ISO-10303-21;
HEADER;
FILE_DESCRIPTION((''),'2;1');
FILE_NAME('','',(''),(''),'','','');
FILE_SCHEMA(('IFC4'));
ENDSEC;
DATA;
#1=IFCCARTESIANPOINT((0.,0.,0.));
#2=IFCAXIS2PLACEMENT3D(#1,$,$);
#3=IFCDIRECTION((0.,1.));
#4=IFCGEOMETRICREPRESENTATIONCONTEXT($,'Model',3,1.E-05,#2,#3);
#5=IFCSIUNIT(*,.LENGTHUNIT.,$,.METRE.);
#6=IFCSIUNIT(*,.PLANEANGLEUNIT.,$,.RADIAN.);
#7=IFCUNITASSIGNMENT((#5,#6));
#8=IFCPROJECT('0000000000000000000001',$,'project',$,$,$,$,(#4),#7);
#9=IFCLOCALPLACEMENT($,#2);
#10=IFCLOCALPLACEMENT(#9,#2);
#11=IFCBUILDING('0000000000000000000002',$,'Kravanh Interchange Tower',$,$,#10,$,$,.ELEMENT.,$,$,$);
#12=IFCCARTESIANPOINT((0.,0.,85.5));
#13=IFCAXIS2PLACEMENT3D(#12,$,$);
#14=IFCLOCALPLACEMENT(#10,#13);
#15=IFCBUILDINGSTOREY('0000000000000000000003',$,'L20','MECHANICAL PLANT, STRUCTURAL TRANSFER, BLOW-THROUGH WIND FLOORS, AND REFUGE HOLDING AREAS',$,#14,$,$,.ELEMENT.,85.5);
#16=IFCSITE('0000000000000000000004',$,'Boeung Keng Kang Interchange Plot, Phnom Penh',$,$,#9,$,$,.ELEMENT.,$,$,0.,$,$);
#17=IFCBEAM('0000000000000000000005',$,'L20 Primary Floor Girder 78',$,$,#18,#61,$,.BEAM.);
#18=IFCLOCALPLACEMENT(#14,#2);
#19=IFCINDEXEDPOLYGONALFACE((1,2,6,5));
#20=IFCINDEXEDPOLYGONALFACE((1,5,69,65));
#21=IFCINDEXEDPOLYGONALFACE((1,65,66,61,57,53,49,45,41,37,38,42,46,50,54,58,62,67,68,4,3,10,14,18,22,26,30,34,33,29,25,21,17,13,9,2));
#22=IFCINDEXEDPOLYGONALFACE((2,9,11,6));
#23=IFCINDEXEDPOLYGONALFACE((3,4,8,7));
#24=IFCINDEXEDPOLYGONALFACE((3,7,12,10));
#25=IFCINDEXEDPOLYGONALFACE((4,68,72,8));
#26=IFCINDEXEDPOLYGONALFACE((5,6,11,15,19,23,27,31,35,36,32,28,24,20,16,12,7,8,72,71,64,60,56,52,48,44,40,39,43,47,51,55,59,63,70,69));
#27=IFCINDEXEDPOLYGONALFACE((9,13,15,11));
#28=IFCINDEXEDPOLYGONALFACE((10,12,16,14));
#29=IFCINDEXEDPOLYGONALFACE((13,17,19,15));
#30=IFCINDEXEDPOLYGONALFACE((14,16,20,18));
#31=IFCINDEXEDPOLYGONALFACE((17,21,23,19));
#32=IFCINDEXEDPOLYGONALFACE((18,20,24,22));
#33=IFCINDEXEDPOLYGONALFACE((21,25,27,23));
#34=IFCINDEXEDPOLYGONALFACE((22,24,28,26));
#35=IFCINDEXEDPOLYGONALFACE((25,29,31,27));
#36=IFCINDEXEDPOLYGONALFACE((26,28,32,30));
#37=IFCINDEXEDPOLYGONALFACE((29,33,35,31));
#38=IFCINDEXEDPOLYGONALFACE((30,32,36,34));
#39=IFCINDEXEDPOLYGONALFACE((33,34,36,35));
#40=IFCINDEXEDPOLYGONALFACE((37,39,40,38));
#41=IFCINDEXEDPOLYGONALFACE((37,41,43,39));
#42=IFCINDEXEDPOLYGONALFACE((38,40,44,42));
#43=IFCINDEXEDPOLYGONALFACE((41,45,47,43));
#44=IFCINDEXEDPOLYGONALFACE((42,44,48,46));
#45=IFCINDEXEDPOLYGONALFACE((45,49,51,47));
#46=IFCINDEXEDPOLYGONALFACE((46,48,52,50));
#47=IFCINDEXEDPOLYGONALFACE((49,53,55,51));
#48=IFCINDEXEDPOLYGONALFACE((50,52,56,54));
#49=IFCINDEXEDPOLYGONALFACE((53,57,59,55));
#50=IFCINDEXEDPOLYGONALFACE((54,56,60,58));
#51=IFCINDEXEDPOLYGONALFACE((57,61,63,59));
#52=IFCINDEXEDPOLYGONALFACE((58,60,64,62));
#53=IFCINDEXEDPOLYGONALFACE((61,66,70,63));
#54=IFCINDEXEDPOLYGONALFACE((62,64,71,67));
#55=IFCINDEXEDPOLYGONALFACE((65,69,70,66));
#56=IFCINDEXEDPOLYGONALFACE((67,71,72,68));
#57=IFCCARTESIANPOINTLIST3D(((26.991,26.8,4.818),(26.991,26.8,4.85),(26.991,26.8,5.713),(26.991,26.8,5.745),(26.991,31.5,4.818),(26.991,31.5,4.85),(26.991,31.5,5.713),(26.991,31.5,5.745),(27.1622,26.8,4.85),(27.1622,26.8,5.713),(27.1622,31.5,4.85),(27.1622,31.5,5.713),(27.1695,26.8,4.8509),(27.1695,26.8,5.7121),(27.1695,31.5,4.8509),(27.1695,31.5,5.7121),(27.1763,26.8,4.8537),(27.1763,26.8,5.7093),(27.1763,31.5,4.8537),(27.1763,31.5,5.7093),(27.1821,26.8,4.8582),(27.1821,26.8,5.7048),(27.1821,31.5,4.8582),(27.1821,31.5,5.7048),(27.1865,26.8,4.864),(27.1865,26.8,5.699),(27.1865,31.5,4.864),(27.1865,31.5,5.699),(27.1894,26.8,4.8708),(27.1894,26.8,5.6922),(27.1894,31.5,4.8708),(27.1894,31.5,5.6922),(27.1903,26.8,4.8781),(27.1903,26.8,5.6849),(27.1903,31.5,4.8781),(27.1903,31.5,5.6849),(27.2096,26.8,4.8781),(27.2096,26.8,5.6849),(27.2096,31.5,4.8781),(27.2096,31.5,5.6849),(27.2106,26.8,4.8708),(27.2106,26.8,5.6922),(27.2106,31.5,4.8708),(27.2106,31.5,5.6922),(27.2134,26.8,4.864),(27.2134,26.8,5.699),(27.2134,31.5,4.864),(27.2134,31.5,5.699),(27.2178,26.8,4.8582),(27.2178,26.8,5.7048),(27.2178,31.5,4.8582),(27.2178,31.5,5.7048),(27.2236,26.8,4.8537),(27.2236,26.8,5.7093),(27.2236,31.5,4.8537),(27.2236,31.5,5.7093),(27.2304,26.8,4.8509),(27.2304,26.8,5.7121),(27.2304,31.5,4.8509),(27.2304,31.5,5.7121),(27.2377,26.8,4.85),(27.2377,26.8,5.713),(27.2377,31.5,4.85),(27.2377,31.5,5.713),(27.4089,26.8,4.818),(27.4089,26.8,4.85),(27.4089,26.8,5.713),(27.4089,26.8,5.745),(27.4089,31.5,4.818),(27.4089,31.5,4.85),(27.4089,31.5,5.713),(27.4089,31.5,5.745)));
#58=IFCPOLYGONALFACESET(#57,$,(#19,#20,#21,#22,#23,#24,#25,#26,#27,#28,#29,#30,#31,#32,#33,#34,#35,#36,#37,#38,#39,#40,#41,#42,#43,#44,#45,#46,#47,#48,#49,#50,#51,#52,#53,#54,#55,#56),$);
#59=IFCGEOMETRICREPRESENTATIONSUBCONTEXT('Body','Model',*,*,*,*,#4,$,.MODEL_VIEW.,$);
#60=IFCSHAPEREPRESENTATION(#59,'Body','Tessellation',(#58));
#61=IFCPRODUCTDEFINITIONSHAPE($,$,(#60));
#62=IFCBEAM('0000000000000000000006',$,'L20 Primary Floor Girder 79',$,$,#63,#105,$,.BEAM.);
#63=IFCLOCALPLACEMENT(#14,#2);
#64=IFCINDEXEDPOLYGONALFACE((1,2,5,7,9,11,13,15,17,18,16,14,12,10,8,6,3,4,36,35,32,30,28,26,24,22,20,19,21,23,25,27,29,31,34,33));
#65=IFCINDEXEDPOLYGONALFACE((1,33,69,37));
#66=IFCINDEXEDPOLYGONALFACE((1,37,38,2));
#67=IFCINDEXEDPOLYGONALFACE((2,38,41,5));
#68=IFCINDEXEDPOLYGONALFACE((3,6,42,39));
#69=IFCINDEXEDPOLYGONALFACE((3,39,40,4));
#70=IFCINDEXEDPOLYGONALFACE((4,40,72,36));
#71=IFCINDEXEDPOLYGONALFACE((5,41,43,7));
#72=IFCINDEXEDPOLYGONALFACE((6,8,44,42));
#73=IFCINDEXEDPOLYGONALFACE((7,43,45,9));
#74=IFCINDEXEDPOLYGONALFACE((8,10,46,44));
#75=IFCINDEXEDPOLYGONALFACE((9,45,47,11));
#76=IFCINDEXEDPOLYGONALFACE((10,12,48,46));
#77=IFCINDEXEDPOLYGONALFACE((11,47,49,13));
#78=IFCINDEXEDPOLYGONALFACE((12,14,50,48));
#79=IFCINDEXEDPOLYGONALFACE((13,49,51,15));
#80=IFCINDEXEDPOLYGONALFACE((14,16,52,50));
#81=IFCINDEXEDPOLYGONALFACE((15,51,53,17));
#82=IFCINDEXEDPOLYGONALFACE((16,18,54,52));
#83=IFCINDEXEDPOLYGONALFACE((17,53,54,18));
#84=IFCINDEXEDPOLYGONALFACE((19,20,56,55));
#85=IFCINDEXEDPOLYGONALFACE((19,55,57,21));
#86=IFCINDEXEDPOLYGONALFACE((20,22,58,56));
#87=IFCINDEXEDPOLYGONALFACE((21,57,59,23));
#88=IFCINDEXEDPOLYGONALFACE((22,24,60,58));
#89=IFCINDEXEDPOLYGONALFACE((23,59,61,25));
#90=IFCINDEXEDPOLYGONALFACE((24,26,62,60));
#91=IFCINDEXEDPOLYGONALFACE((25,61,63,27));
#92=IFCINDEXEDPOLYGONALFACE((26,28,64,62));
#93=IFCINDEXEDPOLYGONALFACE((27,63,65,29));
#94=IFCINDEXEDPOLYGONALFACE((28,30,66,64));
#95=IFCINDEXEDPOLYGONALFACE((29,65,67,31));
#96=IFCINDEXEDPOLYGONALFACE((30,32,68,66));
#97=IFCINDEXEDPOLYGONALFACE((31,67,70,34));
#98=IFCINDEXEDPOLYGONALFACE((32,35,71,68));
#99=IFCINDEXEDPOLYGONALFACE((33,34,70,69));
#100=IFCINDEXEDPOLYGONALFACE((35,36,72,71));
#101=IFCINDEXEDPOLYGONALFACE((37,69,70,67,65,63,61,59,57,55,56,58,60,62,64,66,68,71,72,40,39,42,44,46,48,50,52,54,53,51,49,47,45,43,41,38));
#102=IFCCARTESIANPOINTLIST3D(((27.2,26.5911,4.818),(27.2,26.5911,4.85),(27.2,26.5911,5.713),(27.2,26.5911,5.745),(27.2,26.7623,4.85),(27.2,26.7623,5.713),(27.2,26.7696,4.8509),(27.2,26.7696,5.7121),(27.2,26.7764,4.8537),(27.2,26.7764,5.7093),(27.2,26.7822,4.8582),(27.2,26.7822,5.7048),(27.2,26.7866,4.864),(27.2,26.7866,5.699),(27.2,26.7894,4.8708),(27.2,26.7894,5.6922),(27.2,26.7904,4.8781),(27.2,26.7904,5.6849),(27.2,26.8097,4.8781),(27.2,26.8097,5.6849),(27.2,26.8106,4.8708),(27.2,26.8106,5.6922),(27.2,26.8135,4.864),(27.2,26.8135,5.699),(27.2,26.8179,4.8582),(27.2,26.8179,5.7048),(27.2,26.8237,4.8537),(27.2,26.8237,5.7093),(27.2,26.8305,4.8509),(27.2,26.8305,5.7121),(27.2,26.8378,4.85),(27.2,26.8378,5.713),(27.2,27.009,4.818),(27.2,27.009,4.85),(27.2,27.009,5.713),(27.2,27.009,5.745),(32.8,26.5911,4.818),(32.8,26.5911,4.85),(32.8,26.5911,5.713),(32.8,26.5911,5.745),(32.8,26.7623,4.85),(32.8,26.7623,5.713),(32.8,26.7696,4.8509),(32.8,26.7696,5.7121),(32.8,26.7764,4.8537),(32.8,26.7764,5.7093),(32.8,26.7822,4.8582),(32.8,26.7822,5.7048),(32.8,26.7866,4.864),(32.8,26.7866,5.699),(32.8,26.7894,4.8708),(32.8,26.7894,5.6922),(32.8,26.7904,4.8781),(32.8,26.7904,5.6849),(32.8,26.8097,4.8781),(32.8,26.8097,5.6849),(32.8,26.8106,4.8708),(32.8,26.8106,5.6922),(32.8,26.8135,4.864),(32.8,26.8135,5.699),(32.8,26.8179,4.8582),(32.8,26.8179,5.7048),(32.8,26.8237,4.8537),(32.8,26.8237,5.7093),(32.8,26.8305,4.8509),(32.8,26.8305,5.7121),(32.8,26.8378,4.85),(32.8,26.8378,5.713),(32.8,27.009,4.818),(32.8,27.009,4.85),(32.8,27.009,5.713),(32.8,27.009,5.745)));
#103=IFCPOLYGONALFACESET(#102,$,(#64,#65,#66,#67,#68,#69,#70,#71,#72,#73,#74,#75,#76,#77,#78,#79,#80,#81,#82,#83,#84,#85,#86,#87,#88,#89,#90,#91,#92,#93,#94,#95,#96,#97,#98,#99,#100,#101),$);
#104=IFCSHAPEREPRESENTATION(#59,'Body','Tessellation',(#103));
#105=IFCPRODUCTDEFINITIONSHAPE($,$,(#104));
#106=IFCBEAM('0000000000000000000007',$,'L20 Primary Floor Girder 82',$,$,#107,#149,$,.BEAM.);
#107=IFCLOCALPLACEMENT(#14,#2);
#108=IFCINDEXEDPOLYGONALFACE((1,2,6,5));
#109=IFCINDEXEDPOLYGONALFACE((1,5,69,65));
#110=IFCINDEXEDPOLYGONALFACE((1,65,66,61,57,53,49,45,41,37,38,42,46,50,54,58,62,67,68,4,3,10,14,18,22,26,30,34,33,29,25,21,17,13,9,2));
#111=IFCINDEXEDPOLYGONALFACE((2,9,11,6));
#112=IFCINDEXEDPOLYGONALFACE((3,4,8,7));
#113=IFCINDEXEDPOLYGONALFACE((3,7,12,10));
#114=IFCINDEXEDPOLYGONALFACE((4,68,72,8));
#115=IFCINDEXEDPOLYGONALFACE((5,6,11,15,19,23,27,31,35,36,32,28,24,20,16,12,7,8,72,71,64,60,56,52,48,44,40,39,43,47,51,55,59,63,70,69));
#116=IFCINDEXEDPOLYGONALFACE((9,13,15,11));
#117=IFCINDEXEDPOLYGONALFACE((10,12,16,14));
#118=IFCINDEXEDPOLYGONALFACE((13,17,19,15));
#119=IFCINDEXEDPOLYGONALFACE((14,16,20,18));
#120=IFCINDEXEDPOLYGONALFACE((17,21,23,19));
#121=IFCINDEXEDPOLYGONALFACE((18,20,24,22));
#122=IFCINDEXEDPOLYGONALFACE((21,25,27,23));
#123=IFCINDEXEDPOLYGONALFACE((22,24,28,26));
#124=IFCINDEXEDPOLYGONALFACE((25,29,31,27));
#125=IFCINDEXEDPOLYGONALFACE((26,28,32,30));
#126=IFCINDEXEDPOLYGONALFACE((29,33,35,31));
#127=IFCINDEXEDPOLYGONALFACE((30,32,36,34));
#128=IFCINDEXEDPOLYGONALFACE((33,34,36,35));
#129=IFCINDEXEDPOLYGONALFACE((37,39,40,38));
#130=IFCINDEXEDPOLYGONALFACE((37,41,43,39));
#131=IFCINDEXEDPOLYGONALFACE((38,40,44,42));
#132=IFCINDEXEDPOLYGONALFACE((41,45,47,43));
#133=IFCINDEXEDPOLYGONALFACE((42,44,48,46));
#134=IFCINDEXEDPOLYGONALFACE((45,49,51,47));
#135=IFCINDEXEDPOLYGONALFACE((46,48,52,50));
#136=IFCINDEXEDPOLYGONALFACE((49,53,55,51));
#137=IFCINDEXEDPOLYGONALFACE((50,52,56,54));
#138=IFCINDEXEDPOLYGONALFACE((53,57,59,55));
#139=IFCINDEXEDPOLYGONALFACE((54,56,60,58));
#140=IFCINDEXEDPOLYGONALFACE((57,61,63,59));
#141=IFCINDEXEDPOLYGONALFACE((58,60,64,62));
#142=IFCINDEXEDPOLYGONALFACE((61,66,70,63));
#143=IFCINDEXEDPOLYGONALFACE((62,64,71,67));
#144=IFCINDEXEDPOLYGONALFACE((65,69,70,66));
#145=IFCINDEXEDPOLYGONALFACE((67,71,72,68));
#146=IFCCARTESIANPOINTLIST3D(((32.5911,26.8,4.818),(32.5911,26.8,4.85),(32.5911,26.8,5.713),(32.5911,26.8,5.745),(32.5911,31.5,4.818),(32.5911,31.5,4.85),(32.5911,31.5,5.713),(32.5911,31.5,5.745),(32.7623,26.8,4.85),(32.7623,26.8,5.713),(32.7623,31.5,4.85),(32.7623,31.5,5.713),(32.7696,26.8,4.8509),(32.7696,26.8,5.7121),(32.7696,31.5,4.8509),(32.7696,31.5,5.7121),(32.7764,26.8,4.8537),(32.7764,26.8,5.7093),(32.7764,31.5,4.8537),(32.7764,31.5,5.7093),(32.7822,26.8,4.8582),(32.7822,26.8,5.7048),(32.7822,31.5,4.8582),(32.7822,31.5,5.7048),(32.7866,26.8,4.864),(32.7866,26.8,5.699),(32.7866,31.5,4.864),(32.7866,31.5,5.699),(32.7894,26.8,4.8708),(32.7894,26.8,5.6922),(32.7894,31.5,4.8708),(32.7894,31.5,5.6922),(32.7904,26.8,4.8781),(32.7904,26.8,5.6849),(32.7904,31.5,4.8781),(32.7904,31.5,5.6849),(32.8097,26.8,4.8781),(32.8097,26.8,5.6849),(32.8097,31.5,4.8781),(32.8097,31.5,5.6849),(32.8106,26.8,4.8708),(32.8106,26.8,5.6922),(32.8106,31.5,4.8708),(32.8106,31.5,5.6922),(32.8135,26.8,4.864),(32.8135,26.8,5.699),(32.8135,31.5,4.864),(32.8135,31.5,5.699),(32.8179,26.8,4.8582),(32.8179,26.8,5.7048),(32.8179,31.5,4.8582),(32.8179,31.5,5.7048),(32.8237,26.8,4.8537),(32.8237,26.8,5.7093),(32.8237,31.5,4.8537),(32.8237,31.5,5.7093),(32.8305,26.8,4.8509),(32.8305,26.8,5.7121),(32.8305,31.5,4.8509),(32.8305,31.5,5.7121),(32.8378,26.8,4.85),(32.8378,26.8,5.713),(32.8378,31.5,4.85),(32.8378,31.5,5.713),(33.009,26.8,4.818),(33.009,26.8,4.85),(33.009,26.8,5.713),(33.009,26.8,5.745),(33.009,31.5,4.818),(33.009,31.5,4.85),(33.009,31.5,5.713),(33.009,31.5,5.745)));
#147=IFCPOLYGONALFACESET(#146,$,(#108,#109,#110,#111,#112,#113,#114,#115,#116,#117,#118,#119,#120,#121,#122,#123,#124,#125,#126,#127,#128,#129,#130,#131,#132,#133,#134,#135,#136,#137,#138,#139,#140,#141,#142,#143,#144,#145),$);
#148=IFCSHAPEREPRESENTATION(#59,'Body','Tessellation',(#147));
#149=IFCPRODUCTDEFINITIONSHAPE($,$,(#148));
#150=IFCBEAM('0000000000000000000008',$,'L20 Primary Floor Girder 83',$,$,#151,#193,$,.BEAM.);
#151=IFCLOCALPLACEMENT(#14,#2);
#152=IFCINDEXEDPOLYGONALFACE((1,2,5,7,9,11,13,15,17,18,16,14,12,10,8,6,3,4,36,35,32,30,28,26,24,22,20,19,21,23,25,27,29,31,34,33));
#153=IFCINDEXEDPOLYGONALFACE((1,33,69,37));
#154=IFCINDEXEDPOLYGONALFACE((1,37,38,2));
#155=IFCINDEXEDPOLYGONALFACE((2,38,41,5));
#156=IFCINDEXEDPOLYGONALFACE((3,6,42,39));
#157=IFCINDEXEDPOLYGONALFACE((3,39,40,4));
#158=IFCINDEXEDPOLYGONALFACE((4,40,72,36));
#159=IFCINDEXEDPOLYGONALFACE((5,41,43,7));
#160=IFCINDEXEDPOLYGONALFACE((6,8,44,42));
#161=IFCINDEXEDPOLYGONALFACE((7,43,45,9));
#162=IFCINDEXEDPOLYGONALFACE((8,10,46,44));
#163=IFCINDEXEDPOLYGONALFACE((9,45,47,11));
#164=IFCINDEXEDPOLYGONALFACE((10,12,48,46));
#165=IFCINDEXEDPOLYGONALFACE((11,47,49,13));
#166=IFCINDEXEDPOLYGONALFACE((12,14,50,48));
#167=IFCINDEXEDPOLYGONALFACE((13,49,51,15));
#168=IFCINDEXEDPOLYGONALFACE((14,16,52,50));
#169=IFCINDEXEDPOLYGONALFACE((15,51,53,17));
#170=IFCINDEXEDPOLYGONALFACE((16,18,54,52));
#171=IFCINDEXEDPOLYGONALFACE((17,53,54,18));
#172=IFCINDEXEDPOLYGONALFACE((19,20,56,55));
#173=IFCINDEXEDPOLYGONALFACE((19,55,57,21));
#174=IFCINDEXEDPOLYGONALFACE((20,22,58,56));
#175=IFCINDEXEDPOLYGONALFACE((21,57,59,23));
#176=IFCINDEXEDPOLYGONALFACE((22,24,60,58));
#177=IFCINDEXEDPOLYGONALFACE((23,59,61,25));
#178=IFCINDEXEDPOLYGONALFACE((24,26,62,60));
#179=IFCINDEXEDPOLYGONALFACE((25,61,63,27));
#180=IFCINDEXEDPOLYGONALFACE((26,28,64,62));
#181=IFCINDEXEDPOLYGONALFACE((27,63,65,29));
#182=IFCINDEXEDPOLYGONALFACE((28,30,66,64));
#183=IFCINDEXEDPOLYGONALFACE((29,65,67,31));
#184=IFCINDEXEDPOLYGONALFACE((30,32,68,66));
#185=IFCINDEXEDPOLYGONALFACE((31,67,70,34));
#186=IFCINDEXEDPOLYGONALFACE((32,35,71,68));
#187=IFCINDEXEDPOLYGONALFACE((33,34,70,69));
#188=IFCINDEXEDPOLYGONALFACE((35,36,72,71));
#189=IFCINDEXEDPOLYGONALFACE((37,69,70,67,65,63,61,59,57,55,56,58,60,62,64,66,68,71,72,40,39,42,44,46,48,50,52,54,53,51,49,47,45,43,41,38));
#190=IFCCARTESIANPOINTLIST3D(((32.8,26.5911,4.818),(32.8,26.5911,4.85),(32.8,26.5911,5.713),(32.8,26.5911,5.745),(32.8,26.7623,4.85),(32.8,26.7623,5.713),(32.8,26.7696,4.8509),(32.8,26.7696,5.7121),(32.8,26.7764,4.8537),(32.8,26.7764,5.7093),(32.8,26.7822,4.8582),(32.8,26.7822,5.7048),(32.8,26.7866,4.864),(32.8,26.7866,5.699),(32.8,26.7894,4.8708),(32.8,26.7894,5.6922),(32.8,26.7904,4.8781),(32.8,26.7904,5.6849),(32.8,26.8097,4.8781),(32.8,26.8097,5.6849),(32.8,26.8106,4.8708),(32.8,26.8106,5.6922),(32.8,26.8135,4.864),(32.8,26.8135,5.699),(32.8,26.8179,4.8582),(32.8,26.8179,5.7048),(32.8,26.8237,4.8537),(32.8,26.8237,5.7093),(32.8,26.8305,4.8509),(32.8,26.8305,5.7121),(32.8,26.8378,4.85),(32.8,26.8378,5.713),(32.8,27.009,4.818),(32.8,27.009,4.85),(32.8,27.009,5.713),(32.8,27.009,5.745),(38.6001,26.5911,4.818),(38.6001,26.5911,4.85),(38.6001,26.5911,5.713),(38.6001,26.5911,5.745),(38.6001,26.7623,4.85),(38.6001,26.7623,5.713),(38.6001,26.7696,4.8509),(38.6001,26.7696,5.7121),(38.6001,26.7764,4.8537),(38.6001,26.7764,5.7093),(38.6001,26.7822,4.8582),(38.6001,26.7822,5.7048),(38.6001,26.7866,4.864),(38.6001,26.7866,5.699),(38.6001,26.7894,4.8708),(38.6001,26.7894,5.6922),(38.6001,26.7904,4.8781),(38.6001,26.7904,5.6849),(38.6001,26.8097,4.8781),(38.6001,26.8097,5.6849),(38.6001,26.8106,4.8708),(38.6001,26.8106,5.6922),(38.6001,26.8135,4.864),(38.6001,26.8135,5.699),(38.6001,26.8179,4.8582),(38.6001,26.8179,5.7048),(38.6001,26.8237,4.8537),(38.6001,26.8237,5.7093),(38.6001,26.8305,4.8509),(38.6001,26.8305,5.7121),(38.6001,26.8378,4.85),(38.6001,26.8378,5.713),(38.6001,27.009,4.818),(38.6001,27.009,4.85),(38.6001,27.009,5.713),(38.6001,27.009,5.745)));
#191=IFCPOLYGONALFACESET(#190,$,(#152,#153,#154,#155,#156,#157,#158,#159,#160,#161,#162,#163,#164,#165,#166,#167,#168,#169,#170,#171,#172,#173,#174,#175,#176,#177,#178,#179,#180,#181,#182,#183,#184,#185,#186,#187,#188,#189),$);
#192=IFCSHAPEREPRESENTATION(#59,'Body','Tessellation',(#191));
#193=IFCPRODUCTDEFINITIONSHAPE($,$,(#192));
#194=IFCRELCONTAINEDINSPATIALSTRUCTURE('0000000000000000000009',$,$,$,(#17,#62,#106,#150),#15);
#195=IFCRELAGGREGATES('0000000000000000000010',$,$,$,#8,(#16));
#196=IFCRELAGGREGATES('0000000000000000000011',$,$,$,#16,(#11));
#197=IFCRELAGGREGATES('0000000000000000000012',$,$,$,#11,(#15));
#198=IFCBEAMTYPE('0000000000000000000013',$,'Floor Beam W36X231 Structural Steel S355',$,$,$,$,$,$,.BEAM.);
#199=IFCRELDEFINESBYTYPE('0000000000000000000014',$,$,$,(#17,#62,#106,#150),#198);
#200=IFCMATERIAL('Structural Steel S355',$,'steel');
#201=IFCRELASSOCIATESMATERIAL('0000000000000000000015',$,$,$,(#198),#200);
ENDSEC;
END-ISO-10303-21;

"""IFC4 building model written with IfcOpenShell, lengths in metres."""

from ifc_helpers import new_model, si_unit, direction, frame, origin, origin_2d, place, context, subcontext, project, spatial, i_section, extrude, material, material_profile, profile_set, type_object, element, save


model = new_model("IFC4")

# Units and contexts
model_context = context("Model", 3, precision=1e-05, world=origin(), true_north=direction((0.0, 1.0)))
body_context = subcontext(model_context, "Body", "Model", "MODEL_VIEW")
ifc_project = project(units=[si_unit("LENGTHUNIT", "METRE"), si_unit("PLANEANGLEUNIT", "RADIAN")], contexts=[model_context])

# Site, building, storey
site_placement = place(None, origin())
site = spatial("IfcSite", under=ifc_project, at=site_placement, Name="Boeung Keng Kang Interchange Plot, Phnom Penh", CompositionType="ELEMENT", RefElevation=0.0)
building_placement = place(site_placement, origin())
building = spatial("IfcBuilding", under=site, at=building_placement, Name="Kravanh Interchange Tower", CompositionType="ELEMENT")
storey_placement = place(building_placement, frame((0.0, 0.0, 85.5)))
storey = spatial("IfcBuildingStorey", under=building, at=storey_placement, Name="L20", Description="MECHANICAL PLANT, STRUCTURAL TRANSFER, BLOW-THROUGH WIND FLOORS, AND REFUGE HOLDING AREAS", CompositionType="ELEMENT", Elevation=85.5)

# Beams
ifc_material_1 = material(Name="Structural Steel S355", Category="steel")
ifc_material_profile_1 = material_profile(ifc_material_1, i_section(OverallWidth=0.418, OverallDepth=0.927, WebThickness=0.0193, FlangeThickness=0.032, FilletRadius=0.0281, at=origin_2d()), Name="W36X231")
ifc_profile_set_1 = profile_set([ifc_material_profile_1], Name="Structural Steel S355")
beam_type_1 = type_object("IfcBeamType", Name="Floor Beam W36X231 Structural Steel S355", PredefinedType="BEAM", material=ifc_profile_set_1)
beam_1_placement = place(storey_placement, frame((27.2, 26.8, 5.2815), z_axis=(0.0, 1.0, 0.0), x_axis=(-1.0, 0.0, 0.0)))
element("IfcBeam", 1, at=beam_1_placement, inside=storey, type_object=beam_type_1, Name="L20 Primary Floor Girder 78", PredefinedType="BEAM", context=body_context, shape_type="SweptSolid", body=[
    extrude(i_section(OverallWidth=0.418, OverallDepth=0.927, WebThickness=0.0193, FlangeThickness=0.032, FilletRadius=0.0281, at=origin_2d()), origin(), (0.0, 0.0, 1.0), 4.7),
])
beam_2_placement = place(storey_placement, frame((27.2, 26.8, 5.2815), z_axis=(1.0, 0.0, 0.0), x_axis=(0.0, 1.0, 0.0)))
element("IfcBeam", 2, at=beam_2_placement, inside=storey, type_object=beam_type_1, Name="L20 Primary Floor Girder 79", PredefinedType="BEAM", context=body_context, shape_type="SweptSolid", body=[
    extrude(i_section(OverallWidth=0.418, OverallDepth=0.927, WebThickness=0.0193, FlangeThickness=0.032, FilletRadius=0.0281, at=origin_2d()), origin(), (0.0, 0.0, 1.0), 5.6001),
])
beam_3_placement = place(storey_placement, frame((32.8, 26.8, 5.2815), z_axis=(0.0, 1.0, 0.0), x_axis=(-1.0, 0.0, 0.0)))
element("IfcBeam", 3, at=beam_3_placement, inside=storey, type_object=beam_type_1, Name="L20 Primary Floor Girder 82", PredefinedType="BEAM", context=body_context, shape_type="SweptSolid", body=[
    extrude(i_section(OverallWidth=0.418, OverallDepth=0.927, WebThickness=0.0193, FlangeThickness=0.032, FilletRadius=0.0281, at=origin_2d()), origin(), (0.0, 0.0, 1.0), 4.7),
])
beam_4_placement = place(storey_placement, frame((32.8, 26.8, 5.2815), z_axis=(1.0, 0.0, 0.0), x_axis=(0.0, 1.0, 0.0)))
element("IfcBeam", 4, at=beam_4_placement, inside=storey, type_object=beam_type_1, Name="L20 Primary Floor Girder 83", PredefinedType="BEAM", context=body_context, shape_type="SweptSolid", body=[
    extrude(i_section(OverallWidth=0.418, OverallDepth=0.927, WebThickness=0.0193, FlangeThickness=0.032, FilletRadius=0.0281, at=origin_2d()), origin(), (0.0, 0.0, 1.0), 5.8),
])

save(model, "model.ifc")
